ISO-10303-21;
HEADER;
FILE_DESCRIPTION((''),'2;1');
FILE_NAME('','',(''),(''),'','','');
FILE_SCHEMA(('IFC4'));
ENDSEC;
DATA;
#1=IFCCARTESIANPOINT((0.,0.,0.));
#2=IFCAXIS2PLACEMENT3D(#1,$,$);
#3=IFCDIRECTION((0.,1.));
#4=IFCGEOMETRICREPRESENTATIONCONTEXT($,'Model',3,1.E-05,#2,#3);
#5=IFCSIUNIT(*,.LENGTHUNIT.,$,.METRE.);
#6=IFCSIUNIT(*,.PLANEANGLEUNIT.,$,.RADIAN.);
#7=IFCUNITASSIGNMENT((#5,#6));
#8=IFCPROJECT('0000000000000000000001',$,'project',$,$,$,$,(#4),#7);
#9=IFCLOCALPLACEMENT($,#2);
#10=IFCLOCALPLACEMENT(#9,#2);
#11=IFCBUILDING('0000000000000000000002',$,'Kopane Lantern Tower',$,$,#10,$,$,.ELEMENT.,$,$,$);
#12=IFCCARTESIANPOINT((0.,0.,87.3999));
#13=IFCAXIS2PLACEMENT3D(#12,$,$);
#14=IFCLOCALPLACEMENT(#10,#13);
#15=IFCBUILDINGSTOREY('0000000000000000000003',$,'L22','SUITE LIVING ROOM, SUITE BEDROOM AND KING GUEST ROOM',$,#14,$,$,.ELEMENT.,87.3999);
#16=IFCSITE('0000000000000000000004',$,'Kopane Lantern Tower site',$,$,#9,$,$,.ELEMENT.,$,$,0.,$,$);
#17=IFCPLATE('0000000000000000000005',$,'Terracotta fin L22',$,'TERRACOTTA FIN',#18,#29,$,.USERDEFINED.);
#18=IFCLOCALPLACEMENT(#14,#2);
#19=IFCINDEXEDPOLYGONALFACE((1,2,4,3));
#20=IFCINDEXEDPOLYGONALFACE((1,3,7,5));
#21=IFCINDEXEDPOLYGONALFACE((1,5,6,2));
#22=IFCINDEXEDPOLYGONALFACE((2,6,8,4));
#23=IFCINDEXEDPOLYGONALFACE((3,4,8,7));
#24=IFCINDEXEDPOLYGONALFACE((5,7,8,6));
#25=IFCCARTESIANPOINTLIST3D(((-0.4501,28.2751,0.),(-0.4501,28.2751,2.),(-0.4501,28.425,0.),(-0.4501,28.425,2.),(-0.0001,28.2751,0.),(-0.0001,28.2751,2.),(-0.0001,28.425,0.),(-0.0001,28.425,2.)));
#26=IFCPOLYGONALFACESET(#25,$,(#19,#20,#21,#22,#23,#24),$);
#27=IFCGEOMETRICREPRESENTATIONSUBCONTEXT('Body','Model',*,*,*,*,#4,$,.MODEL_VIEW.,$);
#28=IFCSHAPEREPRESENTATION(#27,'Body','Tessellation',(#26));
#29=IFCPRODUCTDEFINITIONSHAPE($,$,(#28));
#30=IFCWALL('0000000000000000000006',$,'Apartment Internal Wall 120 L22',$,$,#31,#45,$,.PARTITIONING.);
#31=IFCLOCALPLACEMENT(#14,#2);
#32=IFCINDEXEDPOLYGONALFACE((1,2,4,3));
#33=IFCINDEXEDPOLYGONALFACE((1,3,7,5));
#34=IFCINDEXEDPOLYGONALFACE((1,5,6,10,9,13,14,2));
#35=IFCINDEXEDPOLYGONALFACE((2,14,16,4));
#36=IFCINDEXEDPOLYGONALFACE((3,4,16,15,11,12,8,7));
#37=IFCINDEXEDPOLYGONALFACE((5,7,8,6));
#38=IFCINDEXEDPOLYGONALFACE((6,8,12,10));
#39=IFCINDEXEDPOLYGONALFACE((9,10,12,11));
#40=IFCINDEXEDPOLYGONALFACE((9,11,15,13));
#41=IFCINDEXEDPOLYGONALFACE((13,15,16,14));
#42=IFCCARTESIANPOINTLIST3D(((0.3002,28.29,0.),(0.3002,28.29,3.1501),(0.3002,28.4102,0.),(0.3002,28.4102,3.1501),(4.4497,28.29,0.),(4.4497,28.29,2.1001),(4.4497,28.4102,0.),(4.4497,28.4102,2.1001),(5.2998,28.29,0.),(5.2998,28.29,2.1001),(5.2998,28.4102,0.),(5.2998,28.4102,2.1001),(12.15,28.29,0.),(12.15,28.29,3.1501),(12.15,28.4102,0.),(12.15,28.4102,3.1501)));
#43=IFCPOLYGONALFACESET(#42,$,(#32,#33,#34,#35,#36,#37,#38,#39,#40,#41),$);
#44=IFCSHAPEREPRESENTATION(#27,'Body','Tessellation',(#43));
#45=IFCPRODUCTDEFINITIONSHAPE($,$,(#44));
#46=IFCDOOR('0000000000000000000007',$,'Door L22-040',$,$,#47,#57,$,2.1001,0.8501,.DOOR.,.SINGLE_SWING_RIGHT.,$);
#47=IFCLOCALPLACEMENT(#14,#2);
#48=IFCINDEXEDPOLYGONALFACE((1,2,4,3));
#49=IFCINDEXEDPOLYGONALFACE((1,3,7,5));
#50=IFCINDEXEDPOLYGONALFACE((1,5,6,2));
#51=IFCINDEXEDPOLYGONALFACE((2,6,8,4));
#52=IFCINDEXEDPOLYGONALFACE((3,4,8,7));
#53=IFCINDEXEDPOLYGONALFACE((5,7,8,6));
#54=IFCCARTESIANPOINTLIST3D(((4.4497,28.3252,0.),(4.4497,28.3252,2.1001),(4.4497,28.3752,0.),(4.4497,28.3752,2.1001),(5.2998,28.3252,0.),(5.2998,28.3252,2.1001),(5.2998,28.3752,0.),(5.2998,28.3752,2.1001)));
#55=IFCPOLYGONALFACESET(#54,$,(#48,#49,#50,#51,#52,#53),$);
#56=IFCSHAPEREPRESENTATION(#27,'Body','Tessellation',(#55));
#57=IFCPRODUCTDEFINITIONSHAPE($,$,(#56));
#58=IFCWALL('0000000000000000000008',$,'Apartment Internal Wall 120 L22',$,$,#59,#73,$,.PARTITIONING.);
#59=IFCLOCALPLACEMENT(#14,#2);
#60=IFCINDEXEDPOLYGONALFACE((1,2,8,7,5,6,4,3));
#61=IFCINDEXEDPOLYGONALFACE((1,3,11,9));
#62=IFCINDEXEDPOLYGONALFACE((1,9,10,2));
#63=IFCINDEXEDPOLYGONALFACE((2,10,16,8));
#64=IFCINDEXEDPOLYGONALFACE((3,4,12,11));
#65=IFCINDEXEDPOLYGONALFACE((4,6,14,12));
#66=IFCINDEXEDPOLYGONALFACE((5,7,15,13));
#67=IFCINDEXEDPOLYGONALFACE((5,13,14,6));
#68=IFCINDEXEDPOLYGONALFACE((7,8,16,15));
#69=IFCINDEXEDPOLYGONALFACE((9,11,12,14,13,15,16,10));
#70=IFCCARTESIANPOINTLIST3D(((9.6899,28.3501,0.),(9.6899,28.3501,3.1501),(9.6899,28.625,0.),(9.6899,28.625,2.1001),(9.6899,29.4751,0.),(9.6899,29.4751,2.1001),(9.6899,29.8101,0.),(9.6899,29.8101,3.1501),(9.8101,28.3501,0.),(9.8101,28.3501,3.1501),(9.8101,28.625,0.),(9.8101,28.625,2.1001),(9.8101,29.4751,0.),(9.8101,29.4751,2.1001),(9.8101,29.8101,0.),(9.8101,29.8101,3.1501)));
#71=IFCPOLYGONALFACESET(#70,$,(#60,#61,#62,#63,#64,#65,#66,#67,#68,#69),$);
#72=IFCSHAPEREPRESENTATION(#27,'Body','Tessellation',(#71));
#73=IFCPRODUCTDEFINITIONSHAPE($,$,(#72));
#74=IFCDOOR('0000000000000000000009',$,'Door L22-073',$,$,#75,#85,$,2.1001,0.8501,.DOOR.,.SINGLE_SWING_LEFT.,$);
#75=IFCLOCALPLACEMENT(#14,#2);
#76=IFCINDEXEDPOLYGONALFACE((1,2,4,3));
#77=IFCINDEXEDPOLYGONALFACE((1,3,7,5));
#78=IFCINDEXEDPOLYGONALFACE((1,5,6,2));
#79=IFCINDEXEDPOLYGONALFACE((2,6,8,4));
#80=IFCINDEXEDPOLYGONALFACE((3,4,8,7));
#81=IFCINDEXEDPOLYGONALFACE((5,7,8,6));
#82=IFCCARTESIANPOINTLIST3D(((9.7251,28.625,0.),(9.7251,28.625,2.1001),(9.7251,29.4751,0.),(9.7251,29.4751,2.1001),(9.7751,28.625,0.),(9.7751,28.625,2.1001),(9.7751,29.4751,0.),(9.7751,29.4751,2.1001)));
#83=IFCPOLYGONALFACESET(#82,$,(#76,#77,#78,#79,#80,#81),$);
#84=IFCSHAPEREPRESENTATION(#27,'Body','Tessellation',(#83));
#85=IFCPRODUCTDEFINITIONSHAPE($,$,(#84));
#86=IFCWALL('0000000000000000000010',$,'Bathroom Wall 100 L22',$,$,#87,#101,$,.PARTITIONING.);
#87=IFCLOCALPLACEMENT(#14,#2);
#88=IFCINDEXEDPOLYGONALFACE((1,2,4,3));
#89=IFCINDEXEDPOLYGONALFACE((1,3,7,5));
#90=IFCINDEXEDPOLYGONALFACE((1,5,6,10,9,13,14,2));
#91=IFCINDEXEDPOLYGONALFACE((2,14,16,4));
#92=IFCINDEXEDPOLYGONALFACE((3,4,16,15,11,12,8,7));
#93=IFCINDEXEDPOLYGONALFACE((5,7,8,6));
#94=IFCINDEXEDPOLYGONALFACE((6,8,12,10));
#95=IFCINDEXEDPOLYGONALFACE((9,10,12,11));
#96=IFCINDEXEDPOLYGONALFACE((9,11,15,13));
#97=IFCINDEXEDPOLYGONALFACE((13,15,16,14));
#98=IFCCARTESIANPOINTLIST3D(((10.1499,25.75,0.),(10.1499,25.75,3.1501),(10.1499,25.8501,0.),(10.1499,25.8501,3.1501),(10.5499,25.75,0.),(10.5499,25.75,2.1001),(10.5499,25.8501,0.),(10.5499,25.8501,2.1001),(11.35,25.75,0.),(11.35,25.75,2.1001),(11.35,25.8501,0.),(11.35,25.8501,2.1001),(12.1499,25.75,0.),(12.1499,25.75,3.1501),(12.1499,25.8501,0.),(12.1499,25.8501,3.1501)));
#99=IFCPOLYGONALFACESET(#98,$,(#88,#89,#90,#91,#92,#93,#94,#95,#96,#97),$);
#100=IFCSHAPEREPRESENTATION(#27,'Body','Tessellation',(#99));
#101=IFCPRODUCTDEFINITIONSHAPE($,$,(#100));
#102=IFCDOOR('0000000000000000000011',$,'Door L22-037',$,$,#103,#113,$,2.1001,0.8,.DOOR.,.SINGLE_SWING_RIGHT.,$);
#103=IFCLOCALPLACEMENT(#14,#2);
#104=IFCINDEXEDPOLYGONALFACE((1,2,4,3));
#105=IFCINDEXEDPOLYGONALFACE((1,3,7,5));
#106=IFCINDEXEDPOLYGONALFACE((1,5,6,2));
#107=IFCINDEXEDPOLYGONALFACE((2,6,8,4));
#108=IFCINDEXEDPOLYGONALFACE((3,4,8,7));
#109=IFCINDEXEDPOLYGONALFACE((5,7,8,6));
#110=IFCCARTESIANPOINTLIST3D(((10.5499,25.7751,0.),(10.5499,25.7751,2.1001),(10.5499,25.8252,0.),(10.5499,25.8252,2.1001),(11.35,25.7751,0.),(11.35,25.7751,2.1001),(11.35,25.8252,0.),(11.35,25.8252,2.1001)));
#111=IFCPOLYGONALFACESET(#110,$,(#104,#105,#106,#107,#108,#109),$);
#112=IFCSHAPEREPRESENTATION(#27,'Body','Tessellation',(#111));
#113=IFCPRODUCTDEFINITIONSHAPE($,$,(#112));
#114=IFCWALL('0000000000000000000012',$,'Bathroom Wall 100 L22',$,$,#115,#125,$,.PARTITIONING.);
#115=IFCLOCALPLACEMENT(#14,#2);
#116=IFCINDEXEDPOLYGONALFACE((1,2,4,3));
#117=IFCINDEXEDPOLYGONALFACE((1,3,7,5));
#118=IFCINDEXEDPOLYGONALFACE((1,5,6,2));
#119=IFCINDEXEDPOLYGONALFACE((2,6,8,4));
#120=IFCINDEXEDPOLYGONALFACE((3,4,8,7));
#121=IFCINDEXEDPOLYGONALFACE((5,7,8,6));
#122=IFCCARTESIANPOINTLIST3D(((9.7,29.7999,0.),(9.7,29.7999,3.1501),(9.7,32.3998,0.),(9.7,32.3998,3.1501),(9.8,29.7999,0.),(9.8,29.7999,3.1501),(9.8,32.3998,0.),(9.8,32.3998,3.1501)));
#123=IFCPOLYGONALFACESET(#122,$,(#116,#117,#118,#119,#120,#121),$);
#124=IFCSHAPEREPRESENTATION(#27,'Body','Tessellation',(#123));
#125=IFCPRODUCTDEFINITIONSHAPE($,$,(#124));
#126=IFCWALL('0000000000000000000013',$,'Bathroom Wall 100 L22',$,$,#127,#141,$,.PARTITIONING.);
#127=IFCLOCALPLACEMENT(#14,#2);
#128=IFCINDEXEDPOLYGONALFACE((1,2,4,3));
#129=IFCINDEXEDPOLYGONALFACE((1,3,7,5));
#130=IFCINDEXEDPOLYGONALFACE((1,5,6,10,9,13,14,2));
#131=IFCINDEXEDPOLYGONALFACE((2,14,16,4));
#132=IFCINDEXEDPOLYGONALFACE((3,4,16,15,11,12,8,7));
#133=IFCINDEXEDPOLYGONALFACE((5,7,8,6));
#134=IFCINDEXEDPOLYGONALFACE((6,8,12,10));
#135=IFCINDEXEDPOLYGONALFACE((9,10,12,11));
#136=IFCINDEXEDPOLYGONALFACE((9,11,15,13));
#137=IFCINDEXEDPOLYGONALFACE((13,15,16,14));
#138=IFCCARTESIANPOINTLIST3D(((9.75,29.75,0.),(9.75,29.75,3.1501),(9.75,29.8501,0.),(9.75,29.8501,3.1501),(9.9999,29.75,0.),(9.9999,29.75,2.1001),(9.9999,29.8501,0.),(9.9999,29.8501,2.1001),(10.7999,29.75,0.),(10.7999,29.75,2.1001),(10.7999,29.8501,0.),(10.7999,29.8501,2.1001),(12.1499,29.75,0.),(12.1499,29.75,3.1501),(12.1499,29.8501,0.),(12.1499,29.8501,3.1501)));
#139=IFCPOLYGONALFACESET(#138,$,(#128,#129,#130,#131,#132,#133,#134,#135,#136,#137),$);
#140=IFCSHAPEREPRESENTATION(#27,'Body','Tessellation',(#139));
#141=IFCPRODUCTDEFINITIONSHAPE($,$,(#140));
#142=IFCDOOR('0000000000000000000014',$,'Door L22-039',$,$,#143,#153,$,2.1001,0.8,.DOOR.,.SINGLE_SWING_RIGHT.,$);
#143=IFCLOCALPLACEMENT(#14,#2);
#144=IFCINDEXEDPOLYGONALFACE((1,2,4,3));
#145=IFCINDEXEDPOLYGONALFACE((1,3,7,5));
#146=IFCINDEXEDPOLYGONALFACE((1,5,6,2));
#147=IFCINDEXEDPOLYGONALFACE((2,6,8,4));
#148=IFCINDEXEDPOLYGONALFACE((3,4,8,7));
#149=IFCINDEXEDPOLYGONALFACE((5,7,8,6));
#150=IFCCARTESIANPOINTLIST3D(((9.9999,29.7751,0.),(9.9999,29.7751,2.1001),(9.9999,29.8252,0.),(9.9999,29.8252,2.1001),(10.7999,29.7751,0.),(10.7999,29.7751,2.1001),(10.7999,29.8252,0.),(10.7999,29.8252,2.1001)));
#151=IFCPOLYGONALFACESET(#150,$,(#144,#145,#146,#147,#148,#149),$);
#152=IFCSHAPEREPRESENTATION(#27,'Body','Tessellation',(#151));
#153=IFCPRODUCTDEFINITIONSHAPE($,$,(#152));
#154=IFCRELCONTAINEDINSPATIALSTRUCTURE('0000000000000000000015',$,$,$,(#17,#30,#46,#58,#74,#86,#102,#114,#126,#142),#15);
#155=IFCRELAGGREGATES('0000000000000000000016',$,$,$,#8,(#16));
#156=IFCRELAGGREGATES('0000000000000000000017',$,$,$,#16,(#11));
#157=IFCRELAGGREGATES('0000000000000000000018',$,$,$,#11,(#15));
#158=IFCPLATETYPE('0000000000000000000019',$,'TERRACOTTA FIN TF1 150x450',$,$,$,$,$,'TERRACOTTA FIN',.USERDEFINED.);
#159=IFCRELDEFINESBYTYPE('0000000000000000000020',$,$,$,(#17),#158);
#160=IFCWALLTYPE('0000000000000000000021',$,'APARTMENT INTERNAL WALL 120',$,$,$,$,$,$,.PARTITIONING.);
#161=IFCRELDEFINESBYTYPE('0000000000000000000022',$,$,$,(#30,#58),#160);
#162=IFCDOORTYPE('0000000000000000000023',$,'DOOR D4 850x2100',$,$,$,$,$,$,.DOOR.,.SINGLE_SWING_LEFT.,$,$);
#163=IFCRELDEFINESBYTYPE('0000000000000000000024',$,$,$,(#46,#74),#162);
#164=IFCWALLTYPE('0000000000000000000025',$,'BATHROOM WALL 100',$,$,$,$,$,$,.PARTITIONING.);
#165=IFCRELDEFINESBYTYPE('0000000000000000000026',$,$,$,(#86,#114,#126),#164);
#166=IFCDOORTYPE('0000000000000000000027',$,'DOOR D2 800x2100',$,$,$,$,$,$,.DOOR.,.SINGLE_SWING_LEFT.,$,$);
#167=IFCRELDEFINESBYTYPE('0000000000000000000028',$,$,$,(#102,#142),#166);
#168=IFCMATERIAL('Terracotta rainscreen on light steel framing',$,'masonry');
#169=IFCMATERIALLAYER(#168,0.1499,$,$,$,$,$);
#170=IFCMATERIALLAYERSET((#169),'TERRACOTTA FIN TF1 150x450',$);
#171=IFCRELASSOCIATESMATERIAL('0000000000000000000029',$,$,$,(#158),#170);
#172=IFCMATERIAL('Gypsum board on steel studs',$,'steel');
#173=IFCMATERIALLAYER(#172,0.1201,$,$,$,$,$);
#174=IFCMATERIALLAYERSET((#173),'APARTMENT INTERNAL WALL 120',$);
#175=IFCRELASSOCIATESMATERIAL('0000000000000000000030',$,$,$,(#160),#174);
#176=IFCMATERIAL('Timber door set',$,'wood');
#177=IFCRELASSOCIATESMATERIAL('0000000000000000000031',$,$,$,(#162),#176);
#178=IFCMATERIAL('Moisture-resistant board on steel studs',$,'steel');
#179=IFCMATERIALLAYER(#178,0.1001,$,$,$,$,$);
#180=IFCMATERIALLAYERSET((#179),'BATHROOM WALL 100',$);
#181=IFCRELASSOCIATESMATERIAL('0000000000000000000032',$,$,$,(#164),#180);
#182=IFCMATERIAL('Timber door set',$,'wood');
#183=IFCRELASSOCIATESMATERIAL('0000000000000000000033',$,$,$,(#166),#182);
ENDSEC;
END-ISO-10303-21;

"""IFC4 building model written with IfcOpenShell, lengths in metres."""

from ifc_helpers import new_model, si_unit, direction, frame, frame_2d, origin, origin_2d, place, context, subcontext, project, spatial, rectangle, extrude, material, layer, layer_set, type_object, element, fill, save


model = new_model("IFC4")

# Units and contexts
model_context = context("Model", 3, precision=1e-05, world=origin(), true_north=direction((0.0, 1.0)))
body_context = subcontext(model_context, "Body", "Model", "MODEL_VIEW")
ifc_project = project(units=[si_unit("LENGTHUNIT", "METRE"), si_unit("PLANEANGLEUNIT", "RADIAN")], contexts=[model_context])

# Site, building, storey
site_placement = place(None, origin())
site = spatial("IfcSite", under=ifc_project, at=site_placement, Name="Kopane Lantern Tower site", CompositionType="ELEMENT", RefElevation=0.0)
building_placement = place(site_placement, origin())
building = spatial("IfcBuilding", under=site, at=building_placement, Name="Kopane Lantern Tower", CompositionType="ELEMENT")
storey_placement = place(building_placement, frame((0.0, 0.0, 87.3999)))
storey = spatial("IfcBuildingStorey", under=building, at=storey_placement, Name="L22", Description="SUITE LIVING ROOM, SUITE BEDROOM AND KING GUEST ROOM", CompositionType="ELEMENT", Elevation=87.3999)

# Plate
ifc_material_1 = material(Name="Terracotta rainscreen on light steel framing", Category="masonry")
ifc_layer_1 = layer(ifc_material_1, 0.1499)
ifc_layer_set_1 = layer_set([ifc_layer_1], Name="TERRACOTTA FIN TF1 150x450")
plate_type = type_object("IfcPlateType", Name="TERRACOTTA FIN TF1 150x450", ElementType="TERRACOTTA FIN", PredefinedType="USERDEFINED", material=ifc_layer_set_1)
for number, where, z_axis, x_axis, name in (
    (1, (-0.2251, 28.3501, 0.0), (0.0, 0.0, 1.0), (0.0, -1.0, 0.0), "Terracotta fin L22"),
):
    element("IfcPlate", number, at=place(storey_placement, frame(where, z_axis=z_axis, x_axis=x_axis)), inside=storey, type_object=plate_type, Name=name, ObjectType="TERRACOTTA FIN", PredefinedType="USERDEFINED", context=body_context, shape_type="SweptSolid", body=[
        extrude(rectangle(XDim=0.1499, YDim=0.45, at=origin_2d()), origin(), (0.0, 0.0, 1.0), 2.0),
    ])

# Walls, openings, doors
ifc_material_2 = material(Name="Gypsum board on steel studs", Category="steel")
ifc_layer_2 = layer(ifc_material_2, 0.1201)
ifc_layer_set_2 = layer_set([ifc_layer_2], Name="APARTMENT INTERNAL WALL 120")
wall_type_1 = type_object("IfcWallType", Name="APARTMENT INTERNAL WALL 120", PredefinedType="PARTITIONING", material=ifc_layer_set_2)
wall_1_placement = place(storey_placement, frame((12.1499, 28.3501, 0.0), z_axis=(0.0, 0.0, 1.0), x_axis=(-1.0, 0.0, 0.0)))
wall_1 = element("IfcWall", 2, at=wall_1_placement, inside=storey, type_object=wall_type_1, Name="Apartment Internal Wall 120 L22", PredefinedType="PARTITIONING", context=body_context, shape_type="SweptSolid", body=[
    extrude(rectangle(XDim=11.8499, YDim=0.1201, at=frame_2d((5.9248, 0.0))), origin(), (0.0, 0.0, 1.0), 3.1501),
])
opening_1_placement = place(wall_1_placement, frame((6.8501, 0.0, 0.0)))
opening_1 = element("IfcOpeningElement", 3, at=opening_1_placement, cuts=wall_1, PredefinedType="OPENING", context=body_context, shape_type="SweptSolid", body=[
    extrude(rectangle(XDim=0.8501, YDim=2.1001, at=frame_2d((0.425, 1.05))), frame((0.0, 0.0701, 0.0), z_axis=(0.0, -1.0, 0.0), x_axis=(1.0, 0.0, 0.0)), (0.0, 0.0, 1.0), 0.1401),
])
ifc_material_3 = material(Name="Timber door set", Category="wood")
door_type_1 = type_object("IfcDoorType", Name="DOOR D4 850x2100", OperationType="SINGLE_SWING_LEFT", PredefinedType="DOOR", material=ifc_material_3)
door_1_placement = place(opening_1_placement, origin())
door_1 = element("IfcDoor", 4, at=door_1_placement, inside=storey, type_object=door_type_1, Name="Door L22-040", OperationType="SINGLE_SWING_RIGHT", OverallHeight=2.1001, OverallWidth=0.8501, PredefinedType="DOOR", context=body_context, shape_type="SweptSolid", body=[
    extrude(rectangle(XDim=0.8501, YDim=2.1001, at=frame_2d((0.425, 1.05))), frame((0.0, 0.0249, 0.0), z_axis=(0.0, -1.0, 0.0), x_axis=(1.0, 0.0, 0.0)), (0.0, 0.0, 1.0), 0.05),
])
fill(opening_1, door_1)
wall_2_placement = place(storey_placement, frame((9.75, 28.3501, 0.0), z_axis=(0.0, 0.0, 1.0), x_axis=(0.0, 1.0, 0.0)))
wall_2 = element("IfcWall", 5, at=wall_2_placement, inside=storey, type_object=wall_type_1, Name="Apartment Internal Wall 120 L22", PredefinedType="PARTITIONING", context=body_context, shape_type="SweptSolid", body=[
    extrude(rectangle(XDim=1.46, YDim=0.1201, at=frame_2d((0.73, 0.0))), origin(), (0.0, 0.0, 1.0), 3.1501),
])
opening_2_placement = place(wall_2_placement, frame((0.2749, 0.0, 0.0)))
opening_2 = element("IfcOpeningElement", 6, at=opening_2_placement, cuts=wall_2, PredefinedType="OPENING", context=body_context, shape_type="SweptSolid", body=[
    extrude(rectangle(XDim=0.8501, YDim=2.1001, at=frame_2d((0.425, 1.05))), frame((0.0, 0.0701, 0.0), z_axis=(0.0, -1.0, 0.0), x_axis=(1.0, 0.0, 0.0)), (0.0, 0.0, 1.0), 0.1401),
])
door_2_placement = place(opening_2_placement, origin())
door_2 = element("IfcDoor", 7, at=door_2_placement, inside=storey, type_object=door_type_1, Name="Door L22-073", OperationType="SINGLE_SWING_LEFT", OverallHeight=2.1001, OverallWidth=0.8501, PredefinedType="DOOR", context=body_context, shape_type="SweptSolid", body=[
    extrude(rectangle(XDim=0.8501, YDim=2.1001, at=frame_2d((0.425, 1.05))), frame((0.0, 0.0249, 0.0), z_axis=(0.0, -1.0, 0.0), x_axis=(1.0, 0.0, 0.0)), (0.0, 0.0, 1.0), 0.05),
])
fill(opening_2, door_2)
ifc_material_4 = material(Name="Moisture-resistant board on steel studs", Category="steel")
ifc_layer_3 = layer(ifc_material_4, 0.1001)
ifc_layer_set_3 = layer_set([ifc_layer_3], Name="BATHROOM WALL 100")
wall_type_2 = type_object("IfcWallType", Name="BATHROOM WALL 100", PredefinedType="PARTITIONING", material=ifc_layer_set_3)
wall_3_placement = place(storey_placement, frame((12.1499, 25.8, 0.0), z_axis=(0.0, 0.0, 1.0), x_axis=(-1.0, 0.0, 0.0)))
wall_3 = element("IfcWall", 8, at=wall_3_placement, inside=storey, type_object=wall_type_2, Name="Bathroom Wall 100 L22", PredefinedType="PARTITIONING", context=body_context, shape_type="SweptSolid", body=[
    extrude(rectangle(XDim=2.0, YDim=0.1001, at=frame_2d((1.0, 0.0))), origin(), (0.0, 0.0, 1.0), 3.1501),
])
opening_3_placement = place(wall_3_placement, frame((0.8, 0.0, 0.0)))
opening_3 = element("IfcOpeningElement", 9, at=opening_3_placement, cuts=wall_3, PredefinedType="OPENING", context=body_context, shape_type="SweptSolid", body=[
    extrude(rectangle(XDim=0.8, YDim=2.1001, at=frame_2d((0.3999, 1.05))), frame((0.0, 0.0601, 0.0), z_axis=(0.0, -1.0, 0.0), x_axis=(1.0, 0.0, 0.0)), (0.0, 0.0, 1.0), 0.1201),
])
ifc_material_5 = material(Name="Timber door set", Category="wood")
door_type_2 = type_object("IfcDoorType", Name="DOOR D2 800x2100", OperationType="SINGLE_SWING_LEFT", PredefinedType="DOOR", material=ifc_material_5)
door_3_placement = place(opening_3_placement, origin())
door_3 = element("IfcDoor", 10, at=door_3_placement, inside=storey, type_object=door_type_2, Name="Door L22-037", OperationType="SINGLE_SWING_RIGHT", OverallHeight=2.1001, OverallWidth=0.8, PredefinedType="DOOR", context=body_context, shape_type="SweptSolid", body=[
    extrude(rectangle(XDim=0.8, YDim=2.1001, at=frame_2d((0.3999, 1.05))), frame((0.0, 0.0249, 0.0), z_axis=(0.0, -1.0, 0.0), x_axis=(1.0, 0.0, 0.0)), (0.0, 0.0, 1.0), 0.05),
])
fill(opening_3, door_3)

# Wall
wall_4_placement = place(storey_placement, frame((9.75, 29.8, 0.0), z_axis=(0.0, 0.0, 1.0), x_axis=(0.0, 1.0, 0.0)))
element("IfcWall", 11, at=wall_4_placement, inside=storey, type_object=wall_type_2, Name="Bathroom Wall 100 L22", PredefinedType="PARTITIONING", context=body_context, shape_type="SweptSolid", body=[
    extrude(rectangle(XDim=2.5999, YDim=0.1001, at=frame_2d((1.2998, 0.0))), origin(), (0.0, 0.0, 1.0), 3.1501),
])

# Wall, opening, door
wall_5_placement = place(storey_placement, frame((12.1499, 29.8, 0.0), z_axis=(0.0, 0.0, 1.0), x_axis=(-1.0, 0.0, 0.0)))
wall_5 = element("IfcWall", 12, at=wall_5_placement, inside=storey, type_object=wall_type_2, Name="Bathroom Wall 100 L22", PredefinedType="PARTITIONING", context=body_context, shape_type="SweptSolid", body=[
    extrude(rectangle(XDim=2.3999, YDim=0.1001, at=frame_2d((1.2, 0.0))), origin(), (0.0, 0.0, 1.0), 3.1501),
])
opening_4_placement = place(wall_5_placement, frame((1.3501, 0.0, 0.0)))
opening_4 = element("IfcOpeningElement", 13, at=opening_4_placement, cuts=wall_5, PredefinedType="OPENING", context=body_context, shape_type="SweptSolid", body=[
    extrude(rectangle(XDim=0.8, YDim=2.1001, at=frame_2d((0.3999, 1.05))), frame((0.0, 0.0601, 0.0), z_axis=(0.0, -1.0, 0.0), x_axis=(1.0, 0.0, 0.0)), (0.0, 0.0, 1.0), 0.1201),
])
door_4_placement = place(opening_4_placement, origin())
door_4 = element("IfcDoor", 14, at=door_4_placement, inside=storey, type_object=door_type_2, Name="Door L22-039", OperationType="SINGLE_SWING_RIGHT", OverallHeight=2.1001, OverallWidth=0.8, PredefinedType="DOOR", context=body_context, shape_type="SweptSolid", body=[
    extrude(rectangle(XDim=0.8, YDim=2.1001, at=frame_2d((0.3999, 1.05))), frame((0.0, 0.0249, 0.0), z_axis=(0.0, -1.0, 0.0), x_axis=(1.0, 0.0, 0.0)), (0.0, 0.0, 1.0), 0.05),
])
fill(opening_4, door_4)

save(model, "model.ifc")
